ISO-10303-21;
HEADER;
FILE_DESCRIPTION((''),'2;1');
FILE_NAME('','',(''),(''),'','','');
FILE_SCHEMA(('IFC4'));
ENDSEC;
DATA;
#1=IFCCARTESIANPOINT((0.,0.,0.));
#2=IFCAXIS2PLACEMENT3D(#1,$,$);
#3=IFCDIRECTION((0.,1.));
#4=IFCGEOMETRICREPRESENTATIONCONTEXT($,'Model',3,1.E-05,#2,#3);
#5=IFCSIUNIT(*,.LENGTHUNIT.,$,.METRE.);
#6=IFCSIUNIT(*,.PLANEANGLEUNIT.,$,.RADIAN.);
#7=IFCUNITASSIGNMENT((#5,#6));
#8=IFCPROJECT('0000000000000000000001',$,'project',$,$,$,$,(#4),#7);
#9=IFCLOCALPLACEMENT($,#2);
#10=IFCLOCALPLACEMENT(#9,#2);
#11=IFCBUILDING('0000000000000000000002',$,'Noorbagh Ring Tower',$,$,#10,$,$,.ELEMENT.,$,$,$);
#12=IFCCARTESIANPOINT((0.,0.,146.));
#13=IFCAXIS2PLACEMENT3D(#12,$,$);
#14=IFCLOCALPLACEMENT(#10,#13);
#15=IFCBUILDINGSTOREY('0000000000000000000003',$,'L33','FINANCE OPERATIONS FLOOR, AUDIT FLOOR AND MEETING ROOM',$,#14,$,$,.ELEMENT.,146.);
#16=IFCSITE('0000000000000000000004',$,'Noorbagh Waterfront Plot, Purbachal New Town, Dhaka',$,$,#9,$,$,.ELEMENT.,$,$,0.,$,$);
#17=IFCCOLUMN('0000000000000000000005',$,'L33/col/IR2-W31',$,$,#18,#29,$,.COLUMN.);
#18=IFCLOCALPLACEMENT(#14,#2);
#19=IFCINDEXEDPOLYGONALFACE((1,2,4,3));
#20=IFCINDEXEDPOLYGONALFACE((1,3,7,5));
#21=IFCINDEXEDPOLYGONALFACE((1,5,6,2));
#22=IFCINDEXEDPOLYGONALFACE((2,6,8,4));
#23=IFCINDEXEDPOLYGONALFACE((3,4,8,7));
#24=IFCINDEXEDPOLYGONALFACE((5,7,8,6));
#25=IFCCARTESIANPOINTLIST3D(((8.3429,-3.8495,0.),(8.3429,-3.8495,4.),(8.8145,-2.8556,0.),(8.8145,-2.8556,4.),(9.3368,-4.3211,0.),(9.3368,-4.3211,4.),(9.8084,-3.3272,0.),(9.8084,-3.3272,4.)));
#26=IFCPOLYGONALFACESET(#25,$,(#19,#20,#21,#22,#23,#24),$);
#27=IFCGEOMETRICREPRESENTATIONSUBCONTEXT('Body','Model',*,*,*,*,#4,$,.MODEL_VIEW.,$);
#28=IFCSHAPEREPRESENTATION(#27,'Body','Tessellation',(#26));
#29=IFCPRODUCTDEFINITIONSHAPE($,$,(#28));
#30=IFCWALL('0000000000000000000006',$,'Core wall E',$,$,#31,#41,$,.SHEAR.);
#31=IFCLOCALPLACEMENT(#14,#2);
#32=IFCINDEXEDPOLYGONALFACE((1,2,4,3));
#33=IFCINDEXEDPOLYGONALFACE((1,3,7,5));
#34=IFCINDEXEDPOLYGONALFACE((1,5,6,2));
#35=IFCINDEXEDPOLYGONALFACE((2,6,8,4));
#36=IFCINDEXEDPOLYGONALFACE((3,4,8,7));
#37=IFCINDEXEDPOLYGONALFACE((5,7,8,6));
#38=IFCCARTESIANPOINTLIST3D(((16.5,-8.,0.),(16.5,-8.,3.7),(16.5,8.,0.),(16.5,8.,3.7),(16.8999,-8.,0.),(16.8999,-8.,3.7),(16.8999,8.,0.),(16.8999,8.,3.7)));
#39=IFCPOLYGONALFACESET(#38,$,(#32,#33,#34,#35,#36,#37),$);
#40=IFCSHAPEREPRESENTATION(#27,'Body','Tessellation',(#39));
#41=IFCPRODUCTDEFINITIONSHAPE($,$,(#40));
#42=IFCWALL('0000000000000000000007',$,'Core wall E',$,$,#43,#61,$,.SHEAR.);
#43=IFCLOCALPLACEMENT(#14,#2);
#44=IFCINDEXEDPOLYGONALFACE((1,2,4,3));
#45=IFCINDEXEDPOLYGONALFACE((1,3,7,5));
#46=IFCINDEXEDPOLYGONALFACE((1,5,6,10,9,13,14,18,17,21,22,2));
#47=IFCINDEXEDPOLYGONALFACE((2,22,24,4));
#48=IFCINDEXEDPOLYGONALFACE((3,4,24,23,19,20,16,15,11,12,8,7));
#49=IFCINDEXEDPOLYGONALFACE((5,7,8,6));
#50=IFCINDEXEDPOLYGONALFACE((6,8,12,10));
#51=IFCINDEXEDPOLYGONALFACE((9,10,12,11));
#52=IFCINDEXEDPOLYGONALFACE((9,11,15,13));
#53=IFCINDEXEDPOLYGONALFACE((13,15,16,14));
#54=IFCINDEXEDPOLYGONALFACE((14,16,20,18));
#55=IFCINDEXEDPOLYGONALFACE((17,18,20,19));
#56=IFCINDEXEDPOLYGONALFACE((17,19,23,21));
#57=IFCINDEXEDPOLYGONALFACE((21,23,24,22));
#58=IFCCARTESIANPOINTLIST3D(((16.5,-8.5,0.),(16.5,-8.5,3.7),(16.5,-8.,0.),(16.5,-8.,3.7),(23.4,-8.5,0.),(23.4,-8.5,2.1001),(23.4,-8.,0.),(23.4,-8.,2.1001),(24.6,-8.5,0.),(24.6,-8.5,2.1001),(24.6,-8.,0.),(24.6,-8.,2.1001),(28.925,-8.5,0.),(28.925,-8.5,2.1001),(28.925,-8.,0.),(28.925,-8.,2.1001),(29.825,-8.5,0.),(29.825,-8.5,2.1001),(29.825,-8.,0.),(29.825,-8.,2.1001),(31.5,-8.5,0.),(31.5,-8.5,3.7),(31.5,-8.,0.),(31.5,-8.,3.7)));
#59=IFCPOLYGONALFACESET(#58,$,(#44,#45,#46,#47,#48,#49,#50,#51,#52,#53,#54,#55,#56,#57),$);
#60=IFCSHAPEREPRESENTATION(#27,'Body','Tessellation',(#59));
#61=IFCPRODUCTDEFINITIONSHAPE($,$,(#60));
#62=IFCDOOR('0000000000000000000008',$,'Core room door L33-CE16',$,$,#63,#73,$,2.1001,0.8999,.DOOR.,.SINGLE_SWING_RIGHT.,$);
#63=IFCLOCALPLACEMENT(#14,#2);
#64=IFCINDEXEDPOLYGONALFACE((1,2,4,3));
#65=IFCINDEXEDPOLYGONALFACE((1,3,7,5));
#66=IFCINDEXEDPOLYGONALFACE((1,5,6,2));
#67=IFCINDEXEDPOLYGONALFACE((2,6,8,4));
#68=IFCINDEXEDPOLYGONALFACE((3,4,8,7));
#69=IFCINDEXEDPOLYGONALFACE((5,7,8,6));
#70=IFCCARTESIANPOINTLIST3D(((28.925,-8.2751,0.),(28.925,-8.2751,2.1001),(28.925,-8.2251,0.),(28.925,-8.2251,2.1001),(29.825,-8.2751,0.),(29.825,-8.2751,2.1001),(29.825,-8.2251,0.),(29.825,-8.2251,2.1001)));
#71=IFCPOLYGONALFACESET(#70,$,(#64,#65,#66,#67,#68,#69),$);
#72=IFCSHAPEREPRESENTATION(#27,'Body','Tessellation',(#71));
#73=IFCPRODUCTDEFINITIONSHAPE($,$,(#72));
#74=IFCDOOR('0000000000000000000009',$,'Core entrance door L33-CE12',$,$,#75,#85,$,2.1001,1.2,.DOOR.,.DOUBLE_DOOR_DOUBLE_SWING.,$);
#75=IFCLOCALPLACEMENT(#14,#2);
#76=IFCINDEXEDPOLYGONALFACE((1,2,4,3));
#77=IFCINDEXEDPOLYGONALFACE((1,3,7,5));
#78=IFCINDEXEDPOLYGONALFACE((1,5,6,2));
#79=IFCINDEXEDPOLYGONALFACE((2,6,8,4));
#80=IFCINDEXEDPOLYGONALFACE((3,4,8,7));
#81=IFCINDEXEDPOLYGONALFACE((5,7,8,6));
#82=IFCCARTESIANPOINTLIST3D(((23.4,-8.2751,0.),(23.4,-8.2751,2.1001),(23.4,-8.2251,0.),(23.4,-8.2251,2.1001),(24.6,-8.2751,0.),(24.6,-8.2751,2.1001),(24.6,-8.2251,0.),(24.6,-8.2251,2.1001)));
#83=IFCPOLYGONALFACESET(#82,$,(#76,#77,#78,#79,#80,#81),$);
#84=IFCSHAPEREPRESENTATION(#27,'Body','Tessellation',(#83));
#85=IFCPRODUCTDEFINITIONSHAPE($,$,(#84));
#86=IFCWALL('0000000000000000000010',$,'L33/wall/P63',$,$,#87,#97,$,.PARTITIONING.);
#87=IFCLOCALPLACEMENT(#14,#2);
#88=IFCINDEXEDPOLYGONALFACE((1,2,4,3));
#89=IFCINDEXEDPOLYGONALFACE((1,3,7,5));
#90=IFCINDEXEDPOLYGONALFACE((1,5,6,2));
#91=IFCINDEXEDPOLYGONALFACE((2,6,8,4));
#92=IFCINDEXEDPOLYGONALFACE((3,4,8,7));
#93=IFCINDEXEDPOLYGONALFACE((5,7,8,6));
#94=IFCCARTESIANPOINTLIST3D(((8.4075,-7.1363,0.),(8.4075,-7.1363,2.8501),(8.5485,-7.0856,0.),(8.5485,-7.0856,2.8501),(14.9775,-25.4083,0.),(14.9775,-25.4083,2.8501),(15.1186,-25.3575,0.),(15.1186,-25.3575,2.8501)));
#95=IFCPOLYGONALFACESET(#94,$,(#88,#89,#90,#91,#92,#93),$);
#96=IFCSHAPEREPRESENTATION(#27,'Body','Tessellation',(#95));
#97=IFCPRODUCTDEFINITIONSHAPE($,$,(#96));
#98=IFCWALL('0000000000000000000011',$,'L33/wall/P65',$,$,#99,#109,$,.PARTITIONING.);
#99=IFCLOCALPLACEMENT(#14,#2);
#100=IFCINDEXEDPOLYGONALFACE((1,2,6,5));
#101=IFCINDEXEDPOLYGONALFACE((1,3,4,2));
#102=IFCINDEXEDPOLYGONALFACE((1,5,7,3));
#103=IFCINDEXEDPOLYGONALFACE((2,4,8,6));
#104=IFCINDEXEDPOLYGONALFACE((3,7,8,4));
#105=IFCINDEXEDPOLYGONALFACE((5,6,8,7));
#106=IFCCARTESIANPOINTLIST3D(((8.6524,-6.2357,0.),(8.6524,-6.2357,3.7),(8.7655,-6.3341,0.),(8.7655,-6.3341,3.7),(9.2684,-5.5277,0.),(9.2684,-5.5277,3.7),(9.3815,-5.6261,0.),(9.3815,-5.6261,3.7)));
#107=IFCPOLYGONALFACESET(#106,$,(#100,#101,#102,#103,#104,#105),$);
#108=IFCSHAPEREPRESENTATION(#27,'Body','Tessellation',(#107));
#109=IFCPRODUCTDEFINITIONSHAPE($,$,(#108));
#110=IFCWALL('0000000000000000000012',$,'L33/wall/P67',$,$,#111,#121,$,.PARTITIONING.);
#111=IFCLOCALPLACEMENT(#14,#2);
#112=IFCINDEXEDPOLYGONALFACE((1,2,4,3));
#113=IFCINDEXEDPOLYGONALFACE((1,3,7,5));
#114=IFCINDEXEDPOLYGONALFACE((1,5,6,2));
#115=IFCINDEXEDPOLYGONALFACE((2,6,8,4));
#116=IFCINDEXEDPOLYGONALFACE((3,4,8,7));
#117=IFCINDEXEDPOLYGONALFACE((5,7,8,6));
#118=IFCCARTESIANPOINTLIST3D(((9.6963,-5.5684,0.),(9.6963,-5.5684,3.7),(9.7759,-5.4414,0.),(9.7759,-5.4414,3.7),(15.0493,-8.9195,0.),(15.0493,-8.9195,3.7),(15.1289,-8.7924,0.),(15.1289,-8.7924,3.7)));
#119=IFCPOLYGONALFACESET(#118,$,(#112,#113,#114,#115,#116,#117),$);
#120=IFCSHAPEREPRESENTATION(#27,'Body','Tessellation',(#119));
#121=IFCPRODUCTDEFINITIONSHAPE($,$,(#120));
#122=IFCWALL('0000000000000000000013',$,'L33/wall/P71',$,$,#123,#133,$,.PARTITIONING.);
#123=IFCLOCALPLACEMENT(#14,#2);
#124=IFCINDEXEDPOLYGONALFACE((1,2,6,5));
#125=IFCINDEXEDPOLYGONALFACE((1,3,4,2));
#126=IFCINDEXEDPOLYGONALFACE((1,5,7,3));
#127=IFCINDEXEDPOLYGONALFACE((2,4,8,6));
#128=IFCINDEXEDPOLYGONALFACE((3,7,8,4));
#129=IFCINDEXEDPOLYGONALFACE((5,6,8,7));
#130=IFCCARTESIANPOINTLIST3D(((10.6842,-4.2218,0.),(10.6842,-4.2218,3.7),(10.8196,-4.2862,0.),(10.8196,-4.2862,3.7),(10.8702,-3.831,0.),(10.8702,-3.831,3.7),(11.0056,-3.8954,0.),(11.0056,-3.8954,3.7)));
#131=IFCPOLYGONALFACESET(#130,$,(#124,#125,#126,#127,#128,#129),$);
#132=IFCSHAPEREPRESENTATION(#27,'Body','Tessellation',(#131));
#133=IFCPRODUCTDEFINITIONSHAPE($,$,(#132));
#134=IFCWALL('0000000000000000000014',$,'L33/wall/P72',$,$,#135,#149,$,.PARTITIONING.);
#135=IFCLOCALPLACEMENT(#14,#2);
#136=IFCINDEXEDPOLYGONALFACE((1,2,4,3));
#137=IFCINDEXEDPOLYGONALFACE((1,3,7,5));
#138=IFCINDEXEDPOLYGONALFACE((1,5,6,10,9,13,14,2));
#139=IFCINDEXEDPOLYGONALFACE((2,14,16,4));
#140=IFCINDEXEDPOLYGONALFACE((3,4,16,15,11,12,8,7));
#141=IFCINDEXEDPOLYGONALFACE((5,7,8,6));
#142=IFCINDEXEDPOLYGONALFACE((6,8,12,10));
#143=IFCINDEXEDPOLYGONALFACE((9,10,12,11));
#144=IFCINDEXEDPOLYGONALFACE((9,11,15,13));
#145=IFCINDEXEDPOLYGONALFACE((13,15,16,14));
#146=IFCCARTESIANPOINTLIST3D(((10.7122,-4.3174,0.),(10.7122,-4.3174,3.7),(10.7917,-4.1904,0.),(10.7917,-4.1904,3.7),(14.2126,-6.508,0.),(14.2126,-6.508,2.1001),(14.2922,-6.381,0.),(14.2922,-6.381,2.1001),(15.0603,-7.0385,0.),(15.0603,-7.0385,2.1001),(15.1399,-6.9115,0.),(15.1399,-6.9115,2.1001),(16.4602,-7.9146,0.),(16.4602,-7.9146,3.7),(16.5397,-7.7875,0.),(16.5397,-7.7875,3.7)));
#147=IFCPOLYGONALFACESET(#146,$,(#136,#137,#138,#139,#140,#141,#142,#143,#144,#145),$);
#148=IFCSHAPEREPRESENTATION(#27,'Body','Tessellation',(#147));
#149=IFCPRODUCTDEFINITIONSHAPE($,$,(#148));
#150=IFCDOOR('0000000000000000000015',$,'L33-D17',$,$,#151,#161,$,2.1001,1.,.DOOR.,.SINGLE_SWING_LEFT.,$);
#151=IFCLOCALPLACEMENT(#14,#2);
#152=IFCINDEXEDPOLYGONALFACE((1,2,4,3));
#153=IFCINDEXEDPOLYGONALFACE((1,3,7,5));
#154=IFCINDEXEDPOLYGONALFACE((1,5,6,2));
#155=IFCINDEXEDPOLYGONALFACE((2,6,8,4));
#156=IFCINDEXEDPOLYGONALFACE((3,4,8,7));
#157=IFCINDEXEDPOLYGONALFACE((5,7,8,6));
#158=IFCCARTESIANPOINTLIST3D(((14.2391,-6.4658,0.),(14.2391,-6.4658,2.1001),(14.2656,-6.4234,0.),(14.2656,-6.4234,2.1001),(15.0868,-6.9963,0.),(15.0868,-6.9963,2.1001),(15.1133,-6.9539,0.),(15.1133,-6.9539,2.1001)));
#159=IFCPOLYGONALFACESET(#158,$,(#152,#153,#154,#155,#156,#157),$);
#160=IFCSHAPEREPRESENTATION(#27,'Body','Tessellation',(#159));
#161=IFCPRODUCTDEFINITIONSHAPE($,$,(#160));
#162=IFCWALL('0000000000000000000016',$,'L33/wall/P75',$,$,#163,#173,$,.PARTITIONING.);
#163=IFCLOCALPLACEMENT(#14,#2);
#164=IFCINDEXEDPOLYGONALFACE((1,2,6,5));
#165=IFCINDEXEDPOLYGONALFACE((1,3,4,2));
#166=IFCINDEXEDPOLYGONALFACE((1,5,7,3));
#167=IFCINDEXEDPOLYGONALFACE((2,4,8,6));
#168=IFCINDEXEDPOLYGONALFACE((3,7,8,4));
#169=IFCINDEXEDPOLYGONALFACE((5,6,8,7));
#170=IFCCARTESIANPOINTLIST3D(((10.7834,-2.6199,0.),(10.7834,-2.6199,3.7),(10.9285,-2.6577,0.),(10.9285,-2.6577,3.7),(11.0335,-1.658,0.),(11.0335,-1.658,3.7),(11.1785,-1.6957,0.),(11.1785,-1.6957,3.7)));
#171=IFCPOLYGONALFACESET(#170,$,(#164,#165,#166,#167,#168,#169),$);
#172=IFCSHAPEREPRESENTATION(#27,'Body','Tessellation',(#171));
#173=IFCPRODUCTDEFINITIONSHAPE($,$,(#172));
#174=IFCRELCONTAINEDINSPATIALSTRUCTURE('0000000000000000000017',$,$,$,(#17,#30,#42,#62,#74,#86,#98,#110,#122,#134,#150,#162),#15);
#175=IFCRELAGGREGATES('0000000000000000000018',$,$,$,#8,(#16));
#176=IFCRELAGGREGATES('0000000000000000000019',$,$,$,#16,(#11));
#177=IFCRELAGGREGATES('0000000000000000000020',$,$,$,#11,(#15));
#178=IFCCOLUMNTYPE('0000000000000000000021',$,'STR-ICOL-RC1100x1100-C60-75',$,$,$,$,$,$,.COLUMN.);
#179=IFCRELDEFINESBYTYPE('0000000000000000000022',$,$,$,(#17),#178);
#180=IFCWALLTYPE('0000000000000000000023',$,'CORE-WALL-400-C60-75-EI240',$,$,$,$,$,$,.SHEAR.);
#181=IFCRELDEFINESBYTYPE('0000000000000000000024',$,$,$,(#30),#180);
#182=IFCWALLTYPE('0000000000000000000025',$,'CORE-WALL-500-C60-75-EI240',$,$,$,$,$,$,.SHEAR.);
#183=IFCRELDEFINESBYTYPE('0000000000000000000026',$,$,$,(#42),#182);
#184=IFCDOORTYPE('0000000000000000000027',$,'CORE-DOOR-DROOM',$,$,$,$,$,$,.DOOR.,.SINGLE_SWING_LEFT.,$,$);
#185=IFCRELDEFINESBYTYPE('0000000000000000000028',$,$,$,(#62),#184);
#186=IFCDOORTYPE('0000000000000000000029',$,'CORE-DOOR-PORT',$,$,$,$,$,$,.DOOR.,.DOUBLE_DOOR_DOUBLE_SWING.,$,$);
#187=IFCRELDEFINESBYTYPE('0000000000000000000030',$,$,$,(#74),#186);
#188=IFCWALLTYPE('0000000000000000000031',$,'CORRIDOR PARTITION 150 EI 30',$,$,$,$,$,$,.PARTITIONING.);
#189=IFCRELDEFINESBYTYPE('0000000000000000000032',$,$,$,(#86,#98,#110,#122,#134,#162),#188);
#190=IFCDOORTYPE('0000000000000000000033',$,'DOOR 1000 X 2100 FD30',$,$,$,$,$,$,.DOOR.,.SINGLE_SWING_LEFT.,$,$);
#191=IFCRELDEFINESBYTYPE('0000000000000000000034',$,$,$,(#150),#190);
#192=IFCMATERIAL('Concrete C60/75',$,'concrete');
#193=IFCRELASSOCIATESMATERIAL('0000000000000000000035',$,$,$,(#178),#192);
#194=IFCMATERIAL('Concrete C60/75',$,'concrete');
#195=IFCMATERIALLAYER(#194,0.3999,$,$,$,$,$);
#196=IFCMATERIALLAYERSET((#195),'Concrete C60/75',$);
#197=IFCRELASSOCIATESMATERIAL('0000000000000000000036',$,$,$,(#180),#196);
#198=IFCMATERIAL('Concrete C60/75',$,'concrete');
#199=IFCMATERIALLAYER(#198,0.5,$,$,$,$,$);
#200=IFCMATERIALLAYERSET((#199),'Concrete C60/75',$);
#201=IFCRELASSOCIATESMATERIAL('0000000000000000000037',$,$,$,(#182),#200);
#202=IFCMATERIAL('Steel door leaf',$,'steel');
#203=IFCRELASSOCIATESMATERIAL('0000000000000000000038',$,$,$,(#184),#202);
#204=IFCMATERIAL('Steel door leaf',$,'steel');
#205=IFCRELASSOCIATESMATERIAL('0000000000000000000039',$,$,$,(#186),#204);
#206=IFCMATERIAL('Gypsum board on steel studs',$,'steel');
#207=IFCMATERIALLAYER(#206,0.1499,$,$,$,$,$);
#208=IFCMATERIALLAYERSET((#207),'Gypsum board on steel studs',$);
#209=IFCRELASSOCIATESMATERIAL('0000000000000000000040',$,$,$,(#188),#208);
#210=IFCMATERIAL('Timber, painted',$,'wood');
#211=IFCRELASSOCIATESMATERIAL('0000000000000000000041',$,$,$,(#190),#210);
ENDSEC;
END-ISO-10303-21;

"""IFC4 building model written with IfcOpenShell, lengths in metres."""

from ifc_helpers import new_model, si_unit, direction, frame, frame_2d, origin, origin_2d, place, context, subcontext, project, spatial, rectangle, extrude, material, layer, layer_set, material_profile, profile_set, type_object, element, fill, save


model = new_model("IFC4")

# Units and contexts
model_context = context("Model", 3, precision=1e-05, world=origin(), true_north=direction((0.0, 1.0)))
body_context = subcontext(model_context, "Body", "Model", "MODEL_VIEW")
ifc_project = project(units=[si_unit("LENGTHUNIT", "METRE"), si_unit("PLANEANGLEUNIT", "RADIAN")], contexts=[model_context])

# Site, building, storey
site_placement = place(None, origin())
site = spatial("IfcSite", under=ifc_project, at=site_placement, Name="Noorbagh Waterfront Plot, Purbachal New Town, Dhaka", CompositionType="ELEMENT", RefElevation=0.0)
building_placement = place(site_placement, origin())
building = spatial("IfcBuilding", under=site, at=building_placement, Name="Noorbagh Ring Tower", CompositionType="ELEMENT")
storey_placement = place(building_placement, frame((0.0, 0.0, 146.0)))
storey = spatial("IfcBuildingStorey", under=building, at=storey_placement, Name="L33", Description="FINANCE OPERATIONS FLOOR, AUDIT FLOOR AND MEETING ROOM", CompositionType="ELEMENT", Elevation=146.0)

# Column
ifc_material_1 = material(Name="Concrete C60/75", Category="concrete")
ifc_material_profile = material_profile(ifc_material_1, rectangle(XDim=1.1001, YDim=1.1001, at=origin_2d()), Name="RC1100x1100")
ifc_profile_set = profile_set([ifc_material_profile], Name="Concrete C60/75")
column_type = type_object("IfcColumnType", Name="STR-ICOL-RC1100x1100-C60-75", PredefinedType="COLUMN", material=ifc_profile_set)
column_placement = place(storey_placement, frame((9.0757, -3.5884, 0.0), z_axis=(0.0, 0.0, 1.0), x_axis=(0.428667, 0.903463, 0.0)))
element("IfcColumn", 1, at=column_placement, inside=storey, type_object=column_type, Name="L33/col/IR2-W31", PredefinedType="COLUMN", context=body_context, shape_type="SweptSolid", body=[
    extrude(rectangle(XDim=1.1001, YDim=1.1001, at=origin_2d()), origin(), (0.0, 0.0, 1.0), 4.0),
])

# Wall
ifc_material_2 = material(Name="Concrete C60/75", Category="concrete")
ifc_layer_1 = layer(ifc_material_2, 0.3999)
ifc_layer_set_1 = layer_set([ifc_layer_1], Name="Concrete C60/75")
wall_type_1 = type_object("IfcWallType", Name="CORE-WALL-400-C60-75-EI240", PredefinedType="SHEAR", material=ifc_layer_set_1)
wall_1_placement = place(storey_placement, frame((16.7, -8.0, 0.0), z_axis=(0.0, 0.0, 1.0), x_axis=(0.0, 1.0, 0.0)))
element("IfcWall", 2, at=wall_1_placement, inside=storey, type_object=wall_type_1, Name="Core wall E", PredefinedType="SHEAR", context=body_context, shape_type="SweptSolid", body=[
    extrude(rectangle(XDim=16.0, YDim=0.3999, at=frame_2d((8.0, 0.0))), origin(), (0.0, 0.0, 1.0), 3.7),
])

# Wall, openings, doors
ifc_material_3 = material(Name="Concrete C60/75", Category="concrete")
ifc_layer_2 = layer(ifc_material_3, 0.5)
ifc_layer_set_2 = layer_set([ifc_layer_2], Name="Concrete C60/75")
wall_type_2 = type_object("IfcWallType", Name="CORE-WALL-500-C60-75-EI240", PredefinedType="SHEAR", material=ifc_layer_set_2)
wall_2_placement = place(storey_placement, frame((16.5, -8.25, 0.0), z_axis=(0.0, 0.0, 1.0), x_axis=(1.0, 0.0, 0.0)))
wall_2 = element("IfcWall", 3, at=wall_2_placement, inside=storey, type_object=wall_type_2, Name="Core wall E", PredefinedType="SHEAR", context=body_context, shape_type="SweptSolid", body=[
    extrude(rectangle(XDim=15.0, YDim=0.5, at=frame_2d((7.5, 0.0))), origin(), (0.0, 0.0, 1.0), 3.7),
])
opening_1_placement = place(wall_2_placement, frame((6.8999, 0.0, 0.0)))
opening_1 = element("IfcOpeningElement", 4, at=opening_1_placement, cuts=wall_2, PredefinedType="OPENING", context=body_context, shape_type="SweptSolid", body=[
    extrude(rectangle(XDim=1.2, YDim=2.1001, at=frame_2d((0.6001, 1.05))), frame((0.0, 0.26, 0.0), z_axis=(0.0, -1.0, 0.0), x_axis=(1.0, 0.0, 0.0)), (0.0, 0.0, 1.0), 0.52),
])
opening_2_placement = place(wall_2_placement, frame((12.425, 0.0, 0.0)))
opening_2 = element("IfcOpeningElement", 5, at=opening_2_placement, cuts=wall_2, PredefinedType="OPENING", context=body_context, shape_type="SweptSolid", body=[
    extrude(rectangle(XDim=0.8999, YDim=2.1001, at=frame_2d((0.45, 1.05))), frame((0.0, 0.26, 0.0), z_axis=(0.0, -1.0, 0.0), x_axis=(1.0, 0.0, 0.0)), (0.0, 0.0, 1.0), 0.52),
])
ifc_material_4 = material(Name="Steel door leaf", Category="steel")
door_type_1 = type_object("IfcDoorType", Name="CORE-DOOR-DROOM", OperationType="SINGLE_SWING_LEFT", PredefinedType="DOOR", material=ifc_material_4)
door_1_placement = place(opening_2_placement, origin())
door_1 = element("IfcDoor", 6, at=door_1_placement, inside=storey, type_object=door_type_1, Name="Core room door L33-CE16", OperationType="SINGLE_SWING_RIGHT", OverallHeight=2.1001, OverallWidth=0.8999, PredefinedType="DOOR", context=body_context, shape_type="SweptSolid", body=[
    extrude(rectangle(XDim=0.8999, YDim=2.1001, at=frame_2d((0.45, 1.05))), frame((0.0, 0.0249, 0.0), z_axis=(0.0, -1.0, 0.0), x_axis=(1.0, 0.0, 0.0)), (0.0, 0.0, 1.0), 0.05),
])
fill(opening_2, door_1)
ifc_material_5 = material(Name="Steel door leaf", Category="steel")
door_type_2 = type_object("IfcDoorType", Name="CORE-DOOR-PORT", OperationType="DOUBLE_DOOR_DOUBLE_SWING", PredefinedType="DOOR", material=ifc_material_5)
door_2_placement = place(opening_1_placement, origin())
door_2 = element("IfcDoor", 7, at=door_2_placement, inside=storey, type_object=door_type_2, Name="Core entrance door L33-CE12", OperationType="DOUBLE_DOOR_DOUBLE_SWING", OverallHeight=2.1001, OverallWidth=1.2, PredefinedType="DOOR", context=body_context, shape_type="SweptSolid", body=[
    extrude(rectangle(XDim=1.2, YDim=2.1001, at=frame_2d((0.6001, 1.05))), frame((0.0, 0.0249, 0.0), z_axis=(0.0, -1.0, 0.0), x_axis=(1.0, 0.0, 0.0)), (0.0, 0.0, 1.0), 0.05),
])
fill(opening_1, door_2)

# Walls
ifc_material_6 = material(Name="Gypsum board on steel studs", Category="steel")
ifc_layer_3 = layer(ifc_material_6, 0.1499)
ifc_layer_set_3 = layer_set([ifc_layer_3], Name="Gypsum board on steel studs")
wall_type_3 = type_object("IfcWallType", Name="CORRIDOR PARTITION 150 EI 30", PredefinedType="PARTITIONING", material=ifc_layer_set_3)
wall_3_placement = place(storey_placement, frame((8.478, -7.1111, 0.0), z_axis=(0.0, 0.0, 1.0), x_axis=(0.338362, -0.941016, 0.0)))
element("IfcWall", 8, at=wall_3_placement, inside=storey, type_object=wall_type_3, Name="L33/wall/P63", PredefinedType="PARTITIONING", context=body_context, shape_type="SweptSolid", body=[
    extrude(rectangle(XDim=19.4172, YDim=0.1499, at=frame_2d((9.7085, 0.0))), origin(), (0.0, 0.0, 1.0), 2.8501),
])
wall_4_placement = place(storey_placement, frame((8.709, -6.2849, 0.0), z_axis=(0.0, 0.0, 1.0), x_axis=(0.656365, 0.754443, 0.0)))
element("IfcWall", 9, at=wall_4_placement, inside=storey, type_object=wall_type_3, Name="L33/wall/P65", PredefinedType="PARTITIONING", context=body_context, shape_type="SweptSolid", body=[
    extrude(rectangle(XDim=0.9385, YDim=0.1499, at=frame_2d((0.4692, 0.0))), origin(), (0.0, 0.0, 1.0), 3.7),
])
wall_5_placement = place(storey_placement, frame((9.7361, -5.5049, 0.0), z_axis=(0.0, 0.0, 1.0), x_axis=(0.847612, -0.530617, 0.0)))
element("IfcWall", 10, at=wall_5_placement, inside=storey, type_object=wall_type_3, Name="L33/wall/P67", PredefinedType="PARTITIONING", context=body_context, shape_type="SweptSolid", body=[
    extrude(rectangle(XDim=6.3154, YDim=0.1499, at=frame_2d((3.1577, 0.0))), origin(), (0.0, 0.0, 1.0), 3.7),
])
wall_6_placement = place(storey_placement, frame((10.752, -4.2539, 0.0), z_axis=(0.0, 0.0, 1.0), x_axis=(0.429758, 0.902944, 0.0)))
element("IfcWall", 11, at=wall_6_placement, inside=storey, type_object=wall_type_3, Name="L33/wall/P71", PredefinedType="PARTITIONING", context=body_context, shape_type="SweptSolid", body=[
    extrude(rectangle(XDim=0.4329, YDim=0.1499, at=frame_2d((0.2163, 0.0))), origin(), (0.0, 0.0, 1.0), 3.7),
])

# Wall, opening, door
wall_7_placement = place(storey_placement, frame((10.752, -4.2539, 0.0), z_axis=(0.0, 0.0, 1.0), x_axis=(0.847691, -0.530491, 0.0)))
wall_7 = element("IfcWall", 12, at=wall_7_placement, inside=storey, type_object=wall_type_3, Name="L33/wall/P72", PredefinedType="PARTITIONING", context=body_context, shape_type="SweptSolid", body=[
    extrude(rectangle(XDim=6.7808, YDim=0.1499, at=frame_2d((3.3904, 0.0))), origin(), (0.0, 0.0, 1.0), 3.7),
])
opening_3_placement = place(wall_7_placement, frame((4.1294, 0.0, 0.0)))
opening_3 = element("IfcOpeningElement", 13, at=opening_3_placement, cuts=wall_7, PredefinedType="OPENING", context=body_context, shape_type="SweptSolid", body=[
    extrude(rectangle(XDim=1.0, YDim=2.1001, at=frame_2d((0.5, 1.05))), frame((0.0, 0.085, 0.0), z_axis=(0.0, -1.0, 0.0), x_axis=(1.0, 0.0, 0.0)), (0.0, 0.0, 1.0), 0.1699),
])
ifc_material_7 = material(Name="Timber, painted", Category="wood")
door_type_3 = type_object("IfcDoorType", Name="DOOR 1000 X 2100 FD30", OperationType="SINGLE_SWING_LEFT", PredefinedType="DOOR", material=ifc_material_7)
door_3_placement = place(opening_3_placement, origin())
door_3 = element("IfcDoor", 14, at=door_3_placement, inside=storey, type_object=door_type_3, Name="L33-D17", OperationType="SINGLE_SWING_LEFT", OverallHeight=2.1001, OverallWidth=1.0, PredefinedType="DOOR", context=body_context, shape_type="SweptSolid", body=[
    extrude(rectangle(XDim=1.0, YDim=2.1001, at=frame_2d((0.5, 1.05))), frame((0.0, 0.0249, 0.0), z_axis=(0.0, -1.0, 0.0), x_axis=(1.0, 0.0, 0.0)), (0.0, 0.0, 1.0), 0.05),
])
fill(opening_3, door_3)

# Wall
wall_8_placement = place(storey_placement, frame((10.856, -2.6389, 0.0), z_axis=(0.0, 0.0, 1.0), x_axis=(0.251542, 0.967846, 0.0)))
element("IfcWall", 15, at=wall_8_placement, inside=storey, type_object=wall_type_3, Name="L33/wall/P75", PredefinedType="PARTITIONING", context=body_context, shape_type="SweptSolid", body=[
    extrude(rectangle(XDim=0.9939, YDim=0.1499, at=frame_2d((0.4971, 0.0))), origin(), (0.0, 0.0, 1.0), 3.7),
])

save(model, "model.ifc")
